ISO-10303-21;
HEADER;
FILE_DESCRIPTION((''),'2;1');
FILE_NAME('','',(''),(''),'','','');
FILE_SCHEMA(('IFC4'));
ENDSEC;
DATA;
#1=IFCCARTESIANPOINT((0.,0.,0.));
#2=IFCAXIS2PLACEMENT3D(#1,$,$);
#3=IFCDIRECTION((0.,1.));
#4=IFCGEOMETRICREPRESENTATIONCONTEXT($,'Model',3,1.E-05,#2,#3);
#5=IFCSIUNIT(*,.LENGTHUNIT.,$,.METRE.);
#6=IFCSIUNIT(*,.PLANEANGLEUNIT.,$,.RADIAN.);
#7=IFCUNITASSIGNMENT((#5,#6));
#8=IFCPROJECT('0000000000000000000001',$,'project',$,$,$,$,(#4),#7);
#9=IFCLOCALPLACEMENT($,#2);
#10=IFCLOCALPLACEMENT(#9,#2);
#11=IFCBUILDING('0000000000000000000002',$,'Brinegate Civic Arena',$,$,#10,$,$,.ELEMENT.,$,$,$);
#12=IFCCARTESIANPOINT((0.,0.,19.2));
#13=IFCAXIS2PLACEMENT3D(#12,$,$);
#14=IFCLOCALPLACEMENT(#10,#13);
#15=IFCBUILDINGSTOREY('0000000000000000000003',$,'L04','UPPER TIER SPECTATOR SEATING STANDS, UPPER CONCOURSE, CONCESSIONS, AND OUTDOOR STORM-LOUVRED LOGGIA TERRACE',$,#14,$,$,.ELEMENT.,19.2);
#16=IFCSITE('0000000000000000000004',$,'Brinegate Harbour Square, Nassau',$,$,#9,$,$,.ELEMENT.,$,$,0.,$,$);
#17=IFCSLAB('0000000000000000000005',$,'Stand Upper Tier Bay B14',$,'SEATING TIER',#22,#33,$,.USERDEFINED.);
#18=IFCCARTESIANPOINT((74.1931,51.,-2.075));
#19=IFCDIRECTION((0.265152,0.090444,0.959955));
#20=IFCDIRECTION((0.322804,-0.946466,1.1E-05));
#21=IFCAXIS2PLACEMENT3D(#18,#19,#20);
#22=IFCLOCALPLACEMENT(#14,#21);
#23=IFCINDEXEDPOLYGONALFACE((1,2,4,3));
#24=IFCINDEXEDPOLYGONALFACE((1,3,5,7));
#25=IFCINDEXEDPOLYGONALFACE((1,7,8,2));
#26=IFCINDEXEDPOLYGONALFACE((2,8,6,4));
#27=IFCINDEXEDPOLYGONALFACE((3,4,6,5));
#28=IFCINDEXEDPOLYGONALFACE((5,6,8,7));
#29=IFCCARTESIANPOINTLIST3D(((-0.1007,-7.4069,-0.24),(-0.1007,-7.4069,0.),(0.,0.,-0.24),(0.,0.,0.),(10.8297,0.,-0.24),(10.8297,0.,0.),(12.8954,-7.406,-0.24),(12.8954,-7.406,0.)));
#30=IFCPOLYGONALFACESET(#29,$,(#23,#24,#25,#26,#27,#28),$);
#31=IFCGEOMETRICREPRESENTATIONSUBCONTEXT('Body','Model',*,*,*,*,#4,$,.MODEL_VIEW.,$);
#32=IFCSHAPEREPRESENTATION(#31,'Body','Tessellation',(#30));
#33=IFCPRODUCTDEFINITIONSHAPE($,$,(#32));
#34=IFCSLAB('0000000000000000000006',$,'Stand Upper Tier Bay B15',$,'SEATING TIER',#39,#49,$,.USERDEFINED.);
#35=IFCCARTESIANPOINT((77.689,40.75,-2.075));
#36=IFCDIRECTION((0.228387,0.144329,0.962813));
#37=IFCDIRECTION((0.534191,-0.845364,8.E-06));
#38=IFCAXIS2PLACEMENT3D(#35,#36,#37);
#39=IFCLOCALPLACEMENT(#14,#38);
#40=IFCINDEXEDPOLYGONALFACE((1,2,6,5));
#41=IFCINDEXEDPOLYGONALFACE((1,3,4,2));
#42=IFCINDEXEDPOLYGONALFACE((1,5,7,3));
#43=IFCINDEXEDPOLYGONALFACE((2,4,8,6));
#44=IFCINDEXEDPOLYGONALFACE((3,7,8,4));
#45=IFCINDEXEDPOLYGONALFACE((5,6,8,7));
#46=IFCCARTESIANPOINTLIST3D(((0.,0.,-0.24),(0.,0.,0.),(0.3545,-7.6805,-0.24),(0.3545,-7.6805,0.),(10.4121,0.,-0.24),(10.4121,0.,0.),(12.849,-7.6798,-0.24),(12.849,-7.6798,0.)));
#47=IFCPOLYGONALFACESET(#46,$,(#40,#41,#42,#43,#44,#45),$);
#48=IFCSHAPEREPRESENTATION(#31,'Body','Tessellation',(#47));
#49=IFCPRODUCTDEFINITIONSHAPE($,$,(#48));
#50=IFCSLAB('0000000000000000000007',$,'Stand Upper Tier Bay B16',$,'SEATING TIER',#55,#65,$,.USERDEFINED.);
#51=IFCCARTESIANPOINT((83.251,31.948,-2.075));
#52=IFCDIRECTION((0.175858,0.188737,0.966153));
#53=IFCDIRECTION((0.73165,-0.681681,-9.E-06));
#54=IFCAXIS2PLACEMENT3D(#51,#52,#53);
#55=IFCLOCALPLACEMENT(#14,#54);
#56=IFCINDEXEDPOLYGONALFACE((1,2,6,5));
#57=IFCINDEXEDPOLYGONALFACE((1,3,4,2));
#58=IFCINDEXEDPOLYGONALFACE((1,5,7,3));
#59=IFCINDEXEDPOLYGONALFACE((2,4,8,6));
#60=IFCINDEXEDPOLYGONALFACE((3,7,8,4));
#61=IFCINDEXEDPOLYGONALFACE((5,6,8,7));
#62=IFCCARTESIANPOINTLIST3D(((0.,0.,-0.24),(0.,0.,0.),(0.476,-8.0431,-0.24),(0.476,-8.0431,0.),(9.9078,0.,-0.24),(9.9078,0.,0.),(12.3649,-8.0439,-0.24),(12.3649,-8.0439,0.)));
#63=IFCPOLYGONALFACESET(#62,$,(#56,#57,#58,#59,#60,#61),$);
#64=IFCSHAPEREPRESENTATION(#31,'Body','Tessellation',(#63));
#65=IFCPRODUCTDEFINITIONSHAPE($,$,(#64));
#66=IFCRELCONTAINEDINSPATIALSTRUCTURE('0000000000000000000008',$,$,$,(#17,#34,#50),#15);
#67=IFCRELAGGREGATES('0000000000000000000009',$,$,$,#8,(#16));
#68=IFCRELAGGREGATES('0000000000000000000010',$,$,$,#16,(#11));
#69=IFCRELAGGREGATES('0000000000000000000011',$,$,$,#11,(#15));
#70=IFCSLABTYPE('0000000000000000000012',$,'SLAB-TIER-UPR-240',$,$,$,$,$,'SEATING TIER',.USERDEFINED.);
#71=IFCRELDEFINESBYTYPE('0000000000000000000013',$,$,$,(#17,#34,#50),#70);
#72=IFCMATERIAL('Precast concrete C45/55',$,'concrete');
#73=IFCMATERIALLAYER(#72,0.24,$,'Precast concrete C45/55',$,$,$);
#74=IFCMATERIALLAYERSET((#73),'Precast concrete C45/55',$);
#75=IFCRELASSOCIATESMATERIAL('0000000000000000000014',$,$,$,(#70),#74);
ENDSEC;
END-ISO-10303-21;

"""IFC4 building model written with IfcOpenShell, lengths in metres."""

from ifc_helpers import new_model, si_unit, direction, frame, origin, place, context, subcontext, project, spatial, polyline, outline, extrude, material, layer, layer_set, type_object, element, save


model = new_model("IFC4")

# Units and contexts
model_context = context("Model", 3, precision=1e-05, world=origin(), true_north=direction((0.0, 1.0)))
body_context = subcontext(model_context, "Body", "Model", "MODEL_VIEW")
ifc_project = project(units=[si_unit("LENGTHUNIT", "METRE"), si_unit("PLANEANGLEUNIT", "RADIAN")], contexts=[model_context])

# Site, building, storey
site_placement = place(None, origin())
site = spatial("IfcSite", under=ifc_project, at=site_placement, Name="Brinegate Harbour Square, Nassau", CompositionType="ELEMENT", RefElevation=0.0)
building_placement = place(site_placement, origin())
building = spatial("IfcBuilding", under=site, at=building_placement, Name="Brinegate Civic Arena", CompositionType="ELEMENT")
storey_placement = place(building_placement, frame((0.0, 0.0, 19.2)))
storey = spatial("IfcBuildingStorey", under=building, at=storey_placement, Name="L04", Description="UPPER TIER SPECTATOR SEATING STANDS, UPPER CONCOURSE, CONCESSIONS, AND OUTDOOR STORM-LOUVRED LOGGIA TERRACE", CompositionType="ELEMENT", Elevation=19.2)

# Slabs
ifc_material_1 = material(Name="Precast concrete C45/55", Category="concrete")
ifc_layer_1 = layer(ifc_material_1, 0.24, Name="Precast concrete C45/55")
ifc_layer_set_1 = layer_set([ifc_layer_1], Name="Precast concrete C45/55")
slab_type = type_object("IfcSlabType", Name="SLAB-TIER-UPR-240", ElementType="SEATING TIER", PredefinedType="USERDEFINED", material=ifc_layer_set_1)
slab_1_placement = place(storey_placement, frame((74.1931, 51.0, -2.075), z_axis=(0.265152, 0.090444, 0.959955), x_axis=(0.322804, -0.946466, 0.000011)))
element("IfcSlab", 1, at=slab_1_placement, inside=storey, type_object=slab_type, Name="Stand Upper Tier Bay B14", ObjectType="SEATING TIER", PredefinedType="USERDEFINED", context=body_context, shape_type="SweptSolid", body=[
    extrude(outline(polyline([(0.0, 0.0), (10.8297, 0.0), (12.8954, -7.406), (-0.1007, -7.4069), (0.0, 0.0)])), origin(), (0.0, 0.0, -1.0), 0.24),
])
slab_2_placement = place(storey_placement, frame((77.689, 40.75, -2.075), z_axis=(0.228387, 0.144329, 0.962813), x_axis=(0.534191, -0.845364, 0.000008)))
element("IfcSlab", 2, at=slab_2_placement, inside=storey, type_object=slab_type, Name="Stand Upper Tier Bay B15", ObjectType="SEATING TIER", PredefinedType="USERDEFINED", context=body_context, shape_type="SweptSolid", body=[
    extrude(outline(polyline([(0.0, 0.0), (10.4121, 0.0), (12.849, -7.6798), (0.3545, -7.6805), (0.0, 0.0)])), origin(), (0.0, 0.0, -1.0), 0.24),
])
slab_3_placement = place(storey_placement, frame((83.251, 31.948, -2.075), z_axis=(0.175858, 0.188737, 0.966153), x_axis=(0.73165, -0.681681, -0.000009)))
element("IfcSlab", 3, at=slab_3_placement, inside=storey, type_object=slab_type, Name="Stand Upper Tier Bay B16", ObjectType="SEATING TIER", PredefinedType="USERDEFINED", context=body_context, shape_type="SweptSolid", body=[
    extrude(outline(polyline([(0.0, 0.0), (9.9078, 0.0), (12.3649, -8.0439), (0.476, -8.0431), (0.0, 0.0)])), origin(), (0.0, 0.0, -1.0), 0.24),
])

save(model, "model.ifc")
